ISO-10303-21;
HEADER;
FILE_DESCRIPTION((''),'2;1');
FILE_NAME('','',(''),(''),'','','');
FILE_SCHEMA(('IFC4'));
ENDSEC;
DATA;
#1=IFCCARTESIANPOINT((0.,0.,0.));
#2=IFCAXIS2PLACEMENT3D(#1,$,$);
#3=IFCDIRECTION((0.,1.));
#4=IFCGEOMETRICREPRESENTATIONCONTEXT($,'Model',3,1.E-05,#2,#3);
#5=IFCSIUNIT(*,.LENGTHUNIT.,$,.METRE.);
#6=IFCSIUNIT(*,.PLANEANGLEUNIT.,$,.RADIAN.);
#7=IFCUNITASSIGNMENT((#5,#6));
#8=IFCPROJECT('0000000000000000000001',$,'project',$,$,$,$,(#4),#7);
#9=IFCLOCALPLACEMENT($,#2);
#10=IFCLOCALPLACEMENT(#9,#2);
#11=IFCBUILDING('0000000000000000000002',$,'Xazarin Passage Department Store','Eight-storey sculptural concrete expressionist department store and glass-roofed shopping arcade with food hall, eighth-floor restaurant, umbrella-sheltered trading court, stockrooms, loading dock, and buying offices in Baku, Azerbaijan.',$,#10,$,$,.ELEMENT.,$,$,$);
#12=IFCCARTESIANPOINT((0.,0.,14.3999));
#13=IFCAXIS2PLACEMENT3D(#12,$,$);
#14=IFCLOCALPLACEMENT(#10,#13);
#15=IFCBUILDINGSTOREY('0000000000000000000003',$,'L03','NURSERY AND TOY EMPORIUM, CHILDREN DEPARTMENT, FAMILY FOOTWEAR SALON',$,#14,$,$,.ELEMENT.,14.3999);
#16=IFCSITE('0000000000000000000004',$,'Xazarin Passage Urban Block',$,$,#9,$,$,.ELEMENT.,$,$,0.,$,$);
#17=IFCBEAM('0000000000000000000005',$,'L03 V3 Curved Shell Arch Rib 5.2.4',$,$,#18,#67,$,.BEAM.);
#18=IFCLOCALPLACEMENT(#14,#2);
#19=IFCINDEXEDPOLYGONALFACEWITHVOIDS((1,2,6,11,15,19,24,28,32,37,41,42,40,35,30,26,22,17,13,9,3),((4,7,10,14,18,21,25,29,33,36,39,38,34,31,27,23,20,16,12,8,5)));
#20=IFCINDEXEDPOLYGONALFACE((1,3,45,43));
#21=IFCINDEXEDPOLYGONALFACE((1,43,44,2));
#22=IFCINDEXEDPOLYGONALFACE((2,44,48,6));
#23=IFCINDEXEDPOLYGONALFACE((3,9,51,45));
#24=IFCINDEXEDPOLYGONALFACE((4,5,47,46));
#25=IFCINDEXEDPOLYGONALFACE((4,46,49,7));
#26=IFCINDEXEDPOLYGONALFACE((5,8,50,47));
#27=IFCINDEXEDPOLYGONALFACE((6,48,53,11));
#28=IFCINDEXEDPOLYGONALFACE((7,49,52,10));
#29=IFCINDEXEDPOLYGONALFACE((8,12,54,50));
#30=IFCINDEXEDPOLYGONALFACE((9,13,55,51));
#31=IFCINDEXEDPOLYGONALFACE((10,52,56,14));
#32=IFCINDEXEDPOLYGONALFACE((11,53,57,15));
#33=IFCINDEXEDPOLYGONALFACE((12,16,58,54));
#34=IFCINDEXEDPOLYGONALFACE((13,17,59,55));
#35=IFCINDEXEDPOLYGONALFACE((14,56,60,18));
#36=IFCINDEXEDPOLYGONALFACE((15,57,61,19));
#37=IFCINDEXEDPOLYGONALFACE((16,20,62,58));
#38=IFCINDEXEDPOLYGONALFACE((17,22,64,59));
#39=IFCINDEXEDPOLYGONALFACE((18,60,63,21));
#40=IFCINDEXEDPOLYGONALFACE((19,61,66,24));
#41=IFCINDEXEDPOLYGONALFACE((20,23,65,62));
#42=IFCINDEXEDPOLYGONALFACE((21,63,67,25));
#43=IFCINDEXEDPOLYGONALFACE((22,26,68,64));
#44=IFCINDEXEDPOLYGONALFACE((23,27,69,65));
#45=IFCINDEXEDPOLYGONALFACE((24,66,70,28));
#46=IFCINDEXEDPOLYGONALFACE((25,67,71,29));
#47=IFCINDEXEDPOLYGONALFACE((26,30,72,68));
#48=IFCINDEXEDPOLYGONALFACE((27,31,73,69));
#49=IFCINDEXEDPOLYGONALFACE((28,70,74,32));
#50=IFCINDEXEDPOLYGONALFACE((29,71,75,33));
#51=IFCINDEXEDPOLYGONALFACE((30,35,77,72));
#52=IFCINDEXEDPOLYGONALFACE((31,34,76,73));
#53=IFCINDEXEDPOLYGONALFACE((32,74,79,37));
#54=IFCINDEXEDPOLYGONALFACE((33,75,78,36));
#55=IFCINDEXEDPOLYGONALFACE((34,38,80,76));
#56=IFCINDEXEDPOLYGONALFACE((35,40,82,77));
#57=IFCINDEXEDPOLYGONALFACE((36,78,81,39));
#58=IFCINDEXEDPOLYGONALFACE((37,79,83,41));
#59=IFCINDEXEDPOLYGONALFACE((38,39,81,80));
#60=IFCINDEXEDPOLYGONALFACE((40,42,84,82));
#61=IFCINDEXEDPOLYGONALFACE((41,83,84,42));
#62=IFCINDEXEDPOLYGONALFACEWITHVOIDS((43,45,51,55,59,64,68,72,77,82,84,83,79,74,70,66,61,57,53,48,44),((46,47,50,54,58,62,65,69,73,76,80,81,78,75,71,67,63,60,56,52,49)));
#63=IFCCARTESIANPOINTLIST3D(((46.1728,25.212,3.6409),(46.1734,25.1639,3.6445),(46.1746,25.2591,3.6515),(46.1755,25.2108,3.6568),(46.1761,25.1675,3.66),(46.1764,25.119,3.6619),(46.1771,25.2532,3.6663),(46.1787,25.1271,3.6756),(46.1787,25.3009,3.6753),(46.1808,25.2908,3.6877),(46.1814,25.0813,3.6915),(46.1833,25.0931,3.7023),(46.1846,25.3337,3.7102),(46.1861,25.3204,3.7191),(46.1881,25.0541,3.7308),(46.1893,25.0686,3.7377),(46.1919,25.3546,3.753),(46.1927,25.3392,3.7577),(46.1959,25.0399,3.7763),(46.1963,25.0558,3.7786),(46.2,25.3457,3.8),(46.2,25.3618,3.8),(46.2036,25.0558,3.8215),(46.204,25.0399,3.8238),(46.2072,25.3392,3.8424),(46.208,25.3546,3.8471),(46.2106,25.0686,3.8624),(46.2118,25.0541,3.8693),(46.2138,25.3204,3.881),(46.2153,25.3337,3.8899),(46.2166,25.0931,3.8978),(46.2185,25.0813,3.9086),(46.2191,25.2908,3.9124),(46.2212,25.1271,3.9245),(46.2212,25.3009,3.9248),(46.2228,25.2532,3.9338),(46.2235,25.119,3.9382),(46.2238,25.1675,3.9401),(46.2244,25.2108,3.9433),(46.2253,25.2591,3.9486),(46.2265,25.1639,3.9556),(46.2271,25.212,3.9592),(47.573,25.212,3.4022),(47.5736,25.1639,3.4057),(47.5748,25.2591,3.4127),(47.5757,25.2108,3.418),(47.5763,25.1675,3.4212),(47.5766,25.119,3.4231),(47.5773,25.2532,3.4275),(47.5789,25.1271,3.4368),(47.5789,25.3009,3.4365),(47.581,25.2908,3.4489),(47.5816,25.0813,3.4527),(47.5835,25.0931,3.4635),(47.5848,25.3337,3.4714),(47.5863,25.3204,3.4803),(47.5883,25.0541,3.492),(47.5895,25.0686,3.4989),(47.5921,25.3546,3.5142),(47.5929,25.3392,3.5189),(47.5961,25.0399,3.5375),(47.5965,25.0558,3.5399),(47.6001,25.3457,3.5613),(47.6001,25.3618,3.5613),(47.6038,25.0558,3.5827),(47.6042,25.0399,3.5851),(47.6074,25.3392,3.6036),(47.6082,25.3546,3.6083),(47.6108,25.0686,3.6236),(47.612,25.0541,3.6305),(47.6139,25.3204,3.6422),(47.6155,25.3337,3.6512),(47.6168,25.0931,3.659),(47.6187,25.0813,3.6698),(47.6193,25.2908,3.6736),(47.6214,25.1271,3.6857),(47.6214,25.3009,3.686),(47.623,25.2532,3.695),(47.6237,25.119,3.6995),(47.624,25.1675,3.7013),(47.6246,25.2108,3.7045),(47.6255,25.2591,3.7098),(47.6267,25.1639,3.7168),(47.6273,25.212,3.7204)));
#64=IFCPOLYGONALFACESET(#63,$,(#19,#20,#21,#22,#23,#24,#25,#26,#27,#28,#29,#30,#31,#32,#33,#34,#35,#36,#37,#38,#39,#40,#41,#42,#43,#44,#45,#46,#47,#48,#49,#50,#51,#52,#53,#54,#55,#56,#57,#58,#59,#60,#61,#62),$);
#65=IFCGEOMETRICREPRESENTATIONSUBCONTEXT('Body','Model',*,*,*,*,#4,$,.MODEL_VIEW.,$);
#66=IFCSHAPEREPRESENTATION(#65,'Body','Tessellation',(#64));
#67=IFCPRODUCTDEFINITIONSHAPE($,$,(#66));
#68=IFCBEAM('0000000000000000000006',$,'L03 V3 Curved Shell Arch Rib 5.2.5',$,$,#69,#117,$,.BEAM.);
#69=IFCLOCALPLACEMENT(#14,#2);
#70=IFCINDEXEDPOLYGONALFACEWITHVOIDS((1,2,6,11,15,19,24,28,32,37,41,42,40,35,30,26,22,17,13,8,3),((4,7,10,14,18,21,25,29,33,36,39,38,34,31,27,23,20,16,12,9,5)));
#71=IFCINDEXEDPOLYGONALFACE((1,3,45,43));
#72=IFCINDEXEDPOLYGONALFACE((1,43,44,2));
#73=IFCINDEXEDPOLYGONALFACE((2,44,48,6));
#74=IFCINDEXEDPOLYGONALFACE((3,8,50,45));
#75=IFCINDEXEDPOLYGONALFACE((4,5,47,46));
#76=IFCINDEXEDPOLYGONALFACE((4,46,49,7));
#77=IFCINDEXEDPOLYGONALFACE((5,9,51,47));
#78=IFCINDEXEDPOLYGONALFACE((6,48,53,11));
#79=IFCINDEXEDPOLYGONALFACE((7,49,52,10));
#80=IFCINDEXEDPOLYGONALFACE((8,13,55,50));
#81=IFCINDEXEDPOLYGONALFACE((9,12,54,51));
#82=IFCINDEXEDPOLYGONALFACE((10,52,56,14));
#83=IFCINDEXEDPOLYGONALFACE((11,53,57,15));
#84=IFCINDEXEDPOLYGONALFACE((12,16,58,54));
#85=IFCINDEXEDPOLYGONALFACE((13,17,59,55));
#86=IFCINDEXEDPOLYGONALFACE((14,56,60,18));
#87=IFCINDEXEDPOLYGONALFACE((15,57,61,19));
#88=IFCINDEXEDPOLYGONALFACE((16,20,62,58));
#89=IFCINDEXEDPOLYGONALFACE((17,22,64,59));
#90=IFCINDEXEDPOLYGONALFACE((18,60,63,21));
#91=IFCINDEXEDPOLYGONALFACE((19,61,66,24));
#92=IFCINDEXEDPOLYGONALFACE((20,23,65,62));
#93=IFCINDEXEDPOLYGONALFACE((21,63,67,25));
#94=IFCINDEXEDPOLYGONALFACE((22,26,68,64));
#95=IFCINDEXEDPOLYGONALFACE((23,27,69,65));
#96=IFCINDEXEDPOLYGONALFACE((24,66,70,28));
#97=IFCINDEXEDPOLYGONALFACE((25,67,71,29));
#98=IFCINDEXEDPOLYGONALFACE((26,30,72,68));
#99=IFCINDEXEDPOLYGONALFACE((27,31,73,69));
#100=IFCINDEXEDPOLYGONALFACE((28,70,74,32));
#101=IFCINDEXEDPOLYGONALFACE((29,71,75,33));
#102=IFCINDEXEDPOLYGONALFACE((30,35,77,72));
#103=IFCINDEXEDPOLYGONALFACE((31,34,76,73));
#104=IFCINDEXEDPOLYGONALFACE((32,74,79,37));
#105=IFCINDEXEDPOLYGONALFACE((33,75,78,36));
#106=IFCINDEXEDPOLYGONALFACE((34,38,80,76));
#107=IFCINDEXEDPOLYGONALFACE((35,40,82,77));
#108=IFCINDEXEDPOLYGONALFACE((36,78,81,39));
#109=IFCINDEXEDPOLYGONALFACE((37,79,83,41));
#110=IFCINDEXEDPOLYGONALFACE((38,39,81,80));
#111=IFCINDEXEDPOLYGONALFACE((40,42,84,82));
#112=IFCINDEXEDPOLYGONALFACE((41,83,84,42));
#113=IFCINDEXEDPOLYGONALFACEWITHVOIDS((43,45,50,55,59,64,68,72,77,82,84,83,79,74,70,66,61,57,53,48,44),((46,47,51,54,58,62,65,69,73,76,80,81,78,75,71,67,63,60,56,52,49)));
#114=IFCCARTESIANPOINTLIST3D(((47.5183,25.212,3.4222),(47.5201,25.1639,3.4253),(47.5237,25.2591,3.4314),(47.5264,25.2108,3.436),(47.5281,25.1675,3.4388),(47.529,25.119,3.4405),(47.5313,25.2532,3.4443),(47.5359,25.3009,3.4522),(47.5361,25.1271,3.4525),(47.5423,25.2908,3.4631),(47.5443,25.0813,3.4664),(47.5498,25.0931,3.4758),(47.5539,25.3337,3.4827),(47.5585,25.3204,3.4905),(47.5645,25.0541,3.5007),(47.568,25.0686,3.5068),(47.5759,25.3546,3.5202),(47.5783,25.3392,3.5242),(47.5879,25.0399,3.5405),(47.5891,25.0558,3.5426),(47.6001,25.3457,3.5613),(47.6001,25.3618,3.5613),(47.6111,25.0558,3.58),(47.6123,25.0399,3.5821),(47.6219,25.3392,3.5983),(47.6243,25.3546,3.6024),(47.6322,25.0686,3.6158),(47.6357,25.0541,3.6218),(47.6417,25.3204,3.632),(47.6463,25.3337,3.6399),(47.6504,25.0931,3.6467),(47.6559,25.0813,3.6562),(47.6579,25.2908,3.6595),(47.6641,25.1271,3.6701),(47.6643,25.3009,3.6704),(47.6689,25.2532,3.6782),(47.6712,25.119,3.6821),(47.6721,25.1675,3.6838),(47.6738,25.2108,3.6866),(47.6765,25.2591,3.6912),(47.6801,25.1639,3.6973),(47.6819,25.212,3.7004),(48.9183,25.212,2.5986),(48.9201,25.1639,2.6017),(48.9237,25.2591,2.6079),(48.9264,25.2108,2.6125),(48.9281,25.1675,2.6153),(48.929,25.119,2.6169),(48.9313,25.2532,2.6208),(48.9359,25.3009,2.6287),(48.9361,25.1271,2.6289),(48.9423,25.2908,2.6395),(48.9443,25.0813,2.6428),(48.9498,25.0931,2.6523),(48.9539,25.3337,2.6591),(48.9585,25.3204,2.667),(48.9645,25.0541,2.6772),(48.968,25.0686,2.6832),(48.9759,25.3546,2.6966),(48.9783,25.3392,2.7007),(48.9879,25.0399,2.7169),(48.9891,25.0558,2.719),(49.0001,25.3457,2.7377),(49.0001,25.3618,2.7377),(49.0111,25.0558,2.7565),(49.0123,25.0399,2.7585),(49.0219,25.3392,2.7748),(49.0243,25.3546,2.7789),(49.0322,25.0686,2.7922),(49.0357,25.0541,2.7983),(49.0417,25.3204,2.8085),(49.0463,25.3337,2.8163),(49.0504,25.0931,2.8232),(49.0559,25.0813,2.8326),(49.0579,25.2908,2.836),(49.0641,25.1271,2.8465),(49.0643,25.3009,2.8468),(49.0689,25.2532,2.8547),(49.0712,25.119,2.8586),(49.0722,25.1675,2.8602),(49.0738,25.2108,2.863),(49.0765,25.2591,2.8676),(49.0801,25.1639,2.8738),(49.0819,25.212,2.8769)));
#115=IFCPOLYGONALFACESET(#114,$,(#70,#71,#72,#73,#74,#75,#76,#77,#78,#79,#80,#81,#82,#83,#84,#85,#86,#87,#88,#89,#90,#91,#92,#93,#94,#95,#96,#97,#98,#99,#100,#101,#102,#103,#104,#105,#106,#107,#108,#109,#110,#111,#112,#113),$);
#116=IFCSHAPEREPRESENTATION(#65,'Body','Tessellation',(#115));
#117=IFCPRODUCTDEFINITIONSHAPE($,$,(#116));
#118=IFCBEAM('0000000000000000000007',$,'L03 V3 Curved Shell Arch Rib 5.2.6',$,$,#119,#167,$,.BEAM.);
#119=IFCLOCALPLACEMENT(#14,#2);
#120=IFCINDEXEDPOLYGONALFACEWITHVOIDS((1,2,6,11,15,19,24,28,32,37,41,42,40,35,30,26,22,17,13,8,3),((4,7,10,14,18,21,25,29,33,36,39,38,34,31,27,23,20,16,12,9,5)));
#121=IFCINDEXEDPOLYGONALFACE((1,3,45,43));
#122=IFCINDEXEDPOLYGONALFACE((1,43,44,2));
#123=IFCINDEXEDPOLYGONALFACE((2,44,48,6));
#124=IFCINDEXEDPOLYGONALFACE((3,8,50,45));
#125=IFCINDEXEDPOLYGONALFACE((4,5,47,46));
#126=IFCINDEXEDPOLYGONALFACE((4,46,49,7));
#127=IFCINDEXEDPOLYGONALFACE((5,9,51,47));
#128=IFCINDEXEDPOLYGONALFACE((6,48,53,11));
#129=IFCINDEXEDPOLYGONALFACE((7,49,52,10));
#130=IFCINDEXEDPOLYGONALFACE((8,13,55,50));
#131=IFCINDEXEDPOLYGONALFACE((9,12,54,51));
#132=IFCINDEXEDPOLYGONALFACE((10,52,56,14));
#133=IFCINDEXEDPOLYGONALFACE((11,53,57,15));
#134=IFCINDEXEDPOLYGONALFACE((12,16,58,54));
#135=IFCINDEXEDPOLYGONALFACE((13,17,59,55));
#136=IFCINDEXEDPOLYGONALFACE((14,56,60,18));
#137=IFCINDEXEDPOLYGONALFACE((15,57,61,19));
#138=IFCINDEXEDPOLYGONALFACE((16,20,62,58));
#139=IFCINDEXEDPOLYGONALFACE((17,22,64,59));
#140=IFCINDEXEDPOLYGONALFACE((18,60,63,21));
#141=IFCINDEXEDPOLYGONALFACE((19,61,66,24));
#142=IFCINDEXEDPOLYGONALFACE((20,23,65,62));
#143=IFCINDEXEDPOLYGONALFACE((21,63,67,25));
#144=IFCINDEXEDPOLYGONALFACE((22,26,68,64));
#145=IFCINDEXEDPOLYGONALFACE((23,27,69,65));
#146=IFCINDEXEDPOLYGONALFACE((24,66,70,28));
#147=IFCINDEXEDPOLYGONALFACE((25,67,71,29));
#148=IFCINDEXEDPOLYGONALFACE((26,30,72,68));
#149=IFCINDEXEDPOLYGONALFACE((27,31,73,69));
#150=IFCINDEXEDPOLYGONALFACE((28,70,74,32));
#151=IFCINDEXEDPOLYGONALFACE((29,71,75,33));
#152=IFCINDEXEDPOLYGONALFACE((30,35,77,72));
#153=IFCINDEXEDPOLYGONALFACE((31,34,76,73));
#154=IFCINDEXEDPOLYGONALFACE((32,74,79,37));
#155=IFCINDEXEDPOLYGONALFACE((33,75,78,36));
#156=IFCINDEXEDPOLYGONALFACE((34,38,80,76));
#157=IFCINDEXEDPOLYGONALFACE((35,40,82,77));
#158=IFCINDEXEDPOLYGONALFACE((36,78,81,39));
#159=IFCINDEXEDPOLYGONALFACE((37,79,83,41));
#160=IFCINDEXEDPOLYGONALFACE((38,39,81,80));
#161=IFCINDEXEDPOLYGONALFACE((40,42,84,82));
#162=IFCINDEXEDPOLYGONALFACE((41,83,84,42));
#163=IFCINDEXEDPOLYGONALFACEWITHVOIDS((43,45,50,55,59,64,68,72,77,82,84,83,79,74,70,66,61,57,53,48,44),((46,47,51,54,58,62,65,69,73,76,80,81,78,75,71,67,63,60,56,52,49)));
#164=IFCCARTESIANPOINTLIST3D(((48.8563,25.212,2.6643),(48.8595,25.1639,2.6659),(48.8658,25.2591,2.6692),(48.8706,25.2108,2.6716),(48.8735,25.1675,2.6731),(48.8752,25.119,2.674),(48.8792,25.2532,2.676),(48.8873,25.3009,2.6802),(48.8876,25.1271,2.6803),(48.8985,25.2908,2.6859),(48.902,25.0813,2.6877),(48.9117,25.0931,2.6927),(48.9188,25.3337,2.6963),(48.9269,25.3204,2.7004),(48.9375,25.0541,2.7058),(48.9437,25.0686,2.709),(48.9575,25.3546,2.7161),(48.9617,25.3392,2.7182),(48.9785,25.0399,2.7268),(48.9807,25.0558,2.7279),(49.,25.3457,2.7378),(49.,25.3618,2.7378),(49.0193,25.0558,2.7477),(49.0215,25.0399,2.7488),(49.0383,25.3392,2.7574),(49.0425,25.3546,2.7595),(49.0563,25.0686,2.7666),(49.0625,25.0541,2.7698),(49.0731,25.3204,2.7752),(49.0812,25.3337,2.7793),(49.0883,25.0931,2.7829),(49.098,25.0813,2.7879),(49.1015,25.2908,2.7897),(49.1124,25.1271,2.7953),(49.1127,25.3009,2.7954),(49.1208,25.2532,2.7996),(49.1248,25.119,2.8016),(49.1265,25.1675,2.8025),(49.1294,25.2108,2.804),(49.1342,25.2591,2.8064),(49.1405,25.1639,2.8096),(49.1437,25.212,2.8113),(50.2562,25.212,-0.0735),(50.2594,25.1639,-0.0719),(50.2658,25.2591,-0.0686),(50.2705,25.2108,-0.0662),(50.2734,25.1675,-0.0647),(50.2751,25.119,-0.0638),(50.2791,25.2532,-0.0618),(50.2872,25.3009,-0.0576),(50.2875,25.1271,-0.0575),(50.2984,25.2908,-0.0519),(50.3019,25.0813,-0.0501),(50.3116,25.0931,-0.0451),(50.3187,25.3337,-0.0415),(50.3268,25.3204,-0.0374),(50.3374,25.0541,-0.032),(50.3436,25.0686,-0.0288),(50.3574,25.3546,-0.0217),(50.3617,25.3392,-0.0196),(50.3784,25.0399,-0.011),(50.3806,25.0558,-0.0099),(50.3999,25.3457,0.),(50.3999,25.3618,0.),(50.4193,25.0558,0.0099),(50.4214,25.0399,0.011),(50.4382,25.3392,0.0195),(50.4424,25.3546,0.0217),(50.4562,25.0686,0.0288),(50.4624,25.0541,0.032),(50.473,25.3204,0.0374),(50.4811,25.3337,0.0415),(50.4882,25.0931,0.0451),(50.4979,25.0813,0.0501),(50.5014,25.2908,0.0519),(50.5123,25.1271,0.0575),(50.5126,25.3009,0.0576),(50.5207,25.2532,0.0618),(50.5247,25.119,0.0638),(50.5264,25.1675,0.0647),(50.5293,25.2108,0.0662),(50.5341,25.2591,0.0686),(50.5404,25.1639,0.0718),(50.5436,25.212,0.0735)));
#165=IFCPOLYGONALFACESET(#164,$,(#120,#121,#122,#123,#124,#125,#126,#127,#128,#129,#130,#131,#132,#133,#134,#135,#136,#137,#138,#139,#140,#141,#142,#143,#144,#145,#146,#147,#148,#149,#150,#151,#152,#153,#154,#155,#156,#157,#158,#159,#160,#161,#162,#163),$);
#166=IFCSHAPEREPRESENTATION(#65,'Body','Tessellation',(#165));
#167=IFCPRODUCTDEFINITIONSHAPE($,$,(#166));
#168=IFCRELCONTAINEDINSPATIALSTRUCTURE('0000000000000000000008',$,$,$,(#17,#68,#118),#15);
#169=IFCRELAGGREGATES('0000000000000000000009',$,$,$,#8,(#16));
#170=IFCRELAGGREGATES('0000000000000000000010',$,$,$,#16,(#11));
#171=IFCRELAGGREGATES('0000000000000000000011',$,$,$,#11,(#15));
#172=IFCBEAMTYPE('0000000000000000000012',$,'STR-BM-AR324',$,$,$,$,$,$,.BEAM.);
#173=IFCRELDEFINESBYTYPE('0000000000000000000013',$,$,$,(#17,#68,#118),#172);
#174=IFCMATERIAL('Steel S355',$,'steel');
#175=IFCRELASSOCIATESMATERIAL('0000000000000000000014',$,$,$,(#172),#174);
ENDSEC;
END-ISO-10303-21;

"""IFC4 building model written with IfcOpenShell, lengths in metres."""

from ifc_helpers import new_model, si_unit, direction, frame, origin, origin_2d, place, context, subcontext, project, spatial, hollow_circle, extrude, material, material_profile, profile_set, type_object, element, save


model = new_model("IFC4")

# Units and contexts
model_context = context("Model", 3, precision=1e-05, world=origin(), true_north=direction((0.0, 1.0)))
body_context = subcontext(model_context, "Body", "Model", "MODEL_VIEW")
ifc_project = project(units=[si_unit("LENGTHUNIT", "METRE"), si_unit("PLANEANGLEUNIT", "RADIAN")], contexts=[model_context])

# Site, building, storey
site_placement = place(None, origin())
site = spatial("IfcSite", under=ifc_project, at=site_placement, Name="Xazarin Passage Urban Block", CompositionType="ELEMENT", RefElevation=0.0)
building_placement = place(site_placement, origin())
building = spatial("IfcBuilding", under=site, at=building_placement, Name="Xazarin Passage Department Store", Description="Eight-storey sculptural concrete expressionist department store and glass-roofed shopping arcade with food hall, eighth-floor restaurant, umbrella-sheltered trading court, stockrooms, loading dock, and buying offices in Baku, Azerbaijan.", CompositionType="ELEMENT")
storey_placement = place(building_placement, frame((0.0, 0.0, 14.3999)))
storey = spatial("IfcBuildingStorey", under=building, at=storey_placement, Name="L03", Description="NURSERY AND TOY EMPORIUM, CHILDREN DEPARTMENT, FAMILY FOOTWEAR SALON", CompositionType="ELEMENT", Elevation=14.3999)

# Shared definitions
ifc_material_1 = material(Name="Steel S355", Category="steel")

# Beams
ifc_material_profile_1 = material_profile(ifc_material_1, hollow_circle(Radius=0.1619, WallThickness=0.0161, at=origin_2d()), Name="CHS 323.9x16")
ifc_profile_set_1 = profile_set([ifc_material_profile_1], Name="Steel S355")
beam_type_1 = type_object("IfcBeamType", Name="STR-BM-AR324", PredefinedType="BEAM", material=ifc_profile_set_1)
beam_1_placement = place(storey_placement, frame((46.2, 25.2, 3.8), z_axis=(0.985769, 0.0, -0.168105), x_axis=(0.0, 1.0, 0.0)))
element("IfcBeam", 1, at=beam_1_placement, inside=storey, type_object=beam_type_1, Name="L03 V3 Curved Shell Arch Rib 5.2.4", PredefinedType="BEAM", context=body_context, shape_type="SweptSolid", body=[
    extrude(hollow_circle(Radius=0.1619, WallThickness=0.0161, at=origin_2d()), origin(), (0.0, 0.0, 1.0), 1.4204),
])
beam_2_placement = place(storey_placement, frame((47.6001, 25.2, 3.5613), z_axis=(0.86193, 0.0, -0.507027), x_axis=(0.0, 1.0, 0.0)))
element("IfcBeam", 2, at=beam_2_placement, inside=storey, type_object=beam_type_1, Name="L03 V3 Curved Shell Arch Rib 5.2.5", PredefinedType="BEAM", context=body_context, shape_type="SweptSolid", body=[
    extrude(hollow_circle(Radius=0.1619, WallThickness=0.0161, at=origin_2d()), origin(), (0.0, 0.0, 1.0), 1.6243),
])
for number, where, z_axis, x_axis, name in (
    (3, (49.0, 25.2, 2.7378), (0.455262, 0.0, -0.890357), (0.0, 1.0, 0.0), "L03 V3 Curved Shell Arch Rib 5.2.6"),
):
    element("IfcBeam", number, at=place(storey_placement, frame(where, z_axis=z_axis, x_axis=x_axis)), inside=storey, type_object=beam_type_1, Name=name, PredefinedType="BEAM", context=body_context, shape_type="SweptSolid", body=[
        extrude(hollow_circle(Radius=0.1619, WallThickness=0.0161, at=origin_2d()), origin(), (0.0, 0.0, 1.0), 3.075),
    ])

save(model, "model.ifc")
